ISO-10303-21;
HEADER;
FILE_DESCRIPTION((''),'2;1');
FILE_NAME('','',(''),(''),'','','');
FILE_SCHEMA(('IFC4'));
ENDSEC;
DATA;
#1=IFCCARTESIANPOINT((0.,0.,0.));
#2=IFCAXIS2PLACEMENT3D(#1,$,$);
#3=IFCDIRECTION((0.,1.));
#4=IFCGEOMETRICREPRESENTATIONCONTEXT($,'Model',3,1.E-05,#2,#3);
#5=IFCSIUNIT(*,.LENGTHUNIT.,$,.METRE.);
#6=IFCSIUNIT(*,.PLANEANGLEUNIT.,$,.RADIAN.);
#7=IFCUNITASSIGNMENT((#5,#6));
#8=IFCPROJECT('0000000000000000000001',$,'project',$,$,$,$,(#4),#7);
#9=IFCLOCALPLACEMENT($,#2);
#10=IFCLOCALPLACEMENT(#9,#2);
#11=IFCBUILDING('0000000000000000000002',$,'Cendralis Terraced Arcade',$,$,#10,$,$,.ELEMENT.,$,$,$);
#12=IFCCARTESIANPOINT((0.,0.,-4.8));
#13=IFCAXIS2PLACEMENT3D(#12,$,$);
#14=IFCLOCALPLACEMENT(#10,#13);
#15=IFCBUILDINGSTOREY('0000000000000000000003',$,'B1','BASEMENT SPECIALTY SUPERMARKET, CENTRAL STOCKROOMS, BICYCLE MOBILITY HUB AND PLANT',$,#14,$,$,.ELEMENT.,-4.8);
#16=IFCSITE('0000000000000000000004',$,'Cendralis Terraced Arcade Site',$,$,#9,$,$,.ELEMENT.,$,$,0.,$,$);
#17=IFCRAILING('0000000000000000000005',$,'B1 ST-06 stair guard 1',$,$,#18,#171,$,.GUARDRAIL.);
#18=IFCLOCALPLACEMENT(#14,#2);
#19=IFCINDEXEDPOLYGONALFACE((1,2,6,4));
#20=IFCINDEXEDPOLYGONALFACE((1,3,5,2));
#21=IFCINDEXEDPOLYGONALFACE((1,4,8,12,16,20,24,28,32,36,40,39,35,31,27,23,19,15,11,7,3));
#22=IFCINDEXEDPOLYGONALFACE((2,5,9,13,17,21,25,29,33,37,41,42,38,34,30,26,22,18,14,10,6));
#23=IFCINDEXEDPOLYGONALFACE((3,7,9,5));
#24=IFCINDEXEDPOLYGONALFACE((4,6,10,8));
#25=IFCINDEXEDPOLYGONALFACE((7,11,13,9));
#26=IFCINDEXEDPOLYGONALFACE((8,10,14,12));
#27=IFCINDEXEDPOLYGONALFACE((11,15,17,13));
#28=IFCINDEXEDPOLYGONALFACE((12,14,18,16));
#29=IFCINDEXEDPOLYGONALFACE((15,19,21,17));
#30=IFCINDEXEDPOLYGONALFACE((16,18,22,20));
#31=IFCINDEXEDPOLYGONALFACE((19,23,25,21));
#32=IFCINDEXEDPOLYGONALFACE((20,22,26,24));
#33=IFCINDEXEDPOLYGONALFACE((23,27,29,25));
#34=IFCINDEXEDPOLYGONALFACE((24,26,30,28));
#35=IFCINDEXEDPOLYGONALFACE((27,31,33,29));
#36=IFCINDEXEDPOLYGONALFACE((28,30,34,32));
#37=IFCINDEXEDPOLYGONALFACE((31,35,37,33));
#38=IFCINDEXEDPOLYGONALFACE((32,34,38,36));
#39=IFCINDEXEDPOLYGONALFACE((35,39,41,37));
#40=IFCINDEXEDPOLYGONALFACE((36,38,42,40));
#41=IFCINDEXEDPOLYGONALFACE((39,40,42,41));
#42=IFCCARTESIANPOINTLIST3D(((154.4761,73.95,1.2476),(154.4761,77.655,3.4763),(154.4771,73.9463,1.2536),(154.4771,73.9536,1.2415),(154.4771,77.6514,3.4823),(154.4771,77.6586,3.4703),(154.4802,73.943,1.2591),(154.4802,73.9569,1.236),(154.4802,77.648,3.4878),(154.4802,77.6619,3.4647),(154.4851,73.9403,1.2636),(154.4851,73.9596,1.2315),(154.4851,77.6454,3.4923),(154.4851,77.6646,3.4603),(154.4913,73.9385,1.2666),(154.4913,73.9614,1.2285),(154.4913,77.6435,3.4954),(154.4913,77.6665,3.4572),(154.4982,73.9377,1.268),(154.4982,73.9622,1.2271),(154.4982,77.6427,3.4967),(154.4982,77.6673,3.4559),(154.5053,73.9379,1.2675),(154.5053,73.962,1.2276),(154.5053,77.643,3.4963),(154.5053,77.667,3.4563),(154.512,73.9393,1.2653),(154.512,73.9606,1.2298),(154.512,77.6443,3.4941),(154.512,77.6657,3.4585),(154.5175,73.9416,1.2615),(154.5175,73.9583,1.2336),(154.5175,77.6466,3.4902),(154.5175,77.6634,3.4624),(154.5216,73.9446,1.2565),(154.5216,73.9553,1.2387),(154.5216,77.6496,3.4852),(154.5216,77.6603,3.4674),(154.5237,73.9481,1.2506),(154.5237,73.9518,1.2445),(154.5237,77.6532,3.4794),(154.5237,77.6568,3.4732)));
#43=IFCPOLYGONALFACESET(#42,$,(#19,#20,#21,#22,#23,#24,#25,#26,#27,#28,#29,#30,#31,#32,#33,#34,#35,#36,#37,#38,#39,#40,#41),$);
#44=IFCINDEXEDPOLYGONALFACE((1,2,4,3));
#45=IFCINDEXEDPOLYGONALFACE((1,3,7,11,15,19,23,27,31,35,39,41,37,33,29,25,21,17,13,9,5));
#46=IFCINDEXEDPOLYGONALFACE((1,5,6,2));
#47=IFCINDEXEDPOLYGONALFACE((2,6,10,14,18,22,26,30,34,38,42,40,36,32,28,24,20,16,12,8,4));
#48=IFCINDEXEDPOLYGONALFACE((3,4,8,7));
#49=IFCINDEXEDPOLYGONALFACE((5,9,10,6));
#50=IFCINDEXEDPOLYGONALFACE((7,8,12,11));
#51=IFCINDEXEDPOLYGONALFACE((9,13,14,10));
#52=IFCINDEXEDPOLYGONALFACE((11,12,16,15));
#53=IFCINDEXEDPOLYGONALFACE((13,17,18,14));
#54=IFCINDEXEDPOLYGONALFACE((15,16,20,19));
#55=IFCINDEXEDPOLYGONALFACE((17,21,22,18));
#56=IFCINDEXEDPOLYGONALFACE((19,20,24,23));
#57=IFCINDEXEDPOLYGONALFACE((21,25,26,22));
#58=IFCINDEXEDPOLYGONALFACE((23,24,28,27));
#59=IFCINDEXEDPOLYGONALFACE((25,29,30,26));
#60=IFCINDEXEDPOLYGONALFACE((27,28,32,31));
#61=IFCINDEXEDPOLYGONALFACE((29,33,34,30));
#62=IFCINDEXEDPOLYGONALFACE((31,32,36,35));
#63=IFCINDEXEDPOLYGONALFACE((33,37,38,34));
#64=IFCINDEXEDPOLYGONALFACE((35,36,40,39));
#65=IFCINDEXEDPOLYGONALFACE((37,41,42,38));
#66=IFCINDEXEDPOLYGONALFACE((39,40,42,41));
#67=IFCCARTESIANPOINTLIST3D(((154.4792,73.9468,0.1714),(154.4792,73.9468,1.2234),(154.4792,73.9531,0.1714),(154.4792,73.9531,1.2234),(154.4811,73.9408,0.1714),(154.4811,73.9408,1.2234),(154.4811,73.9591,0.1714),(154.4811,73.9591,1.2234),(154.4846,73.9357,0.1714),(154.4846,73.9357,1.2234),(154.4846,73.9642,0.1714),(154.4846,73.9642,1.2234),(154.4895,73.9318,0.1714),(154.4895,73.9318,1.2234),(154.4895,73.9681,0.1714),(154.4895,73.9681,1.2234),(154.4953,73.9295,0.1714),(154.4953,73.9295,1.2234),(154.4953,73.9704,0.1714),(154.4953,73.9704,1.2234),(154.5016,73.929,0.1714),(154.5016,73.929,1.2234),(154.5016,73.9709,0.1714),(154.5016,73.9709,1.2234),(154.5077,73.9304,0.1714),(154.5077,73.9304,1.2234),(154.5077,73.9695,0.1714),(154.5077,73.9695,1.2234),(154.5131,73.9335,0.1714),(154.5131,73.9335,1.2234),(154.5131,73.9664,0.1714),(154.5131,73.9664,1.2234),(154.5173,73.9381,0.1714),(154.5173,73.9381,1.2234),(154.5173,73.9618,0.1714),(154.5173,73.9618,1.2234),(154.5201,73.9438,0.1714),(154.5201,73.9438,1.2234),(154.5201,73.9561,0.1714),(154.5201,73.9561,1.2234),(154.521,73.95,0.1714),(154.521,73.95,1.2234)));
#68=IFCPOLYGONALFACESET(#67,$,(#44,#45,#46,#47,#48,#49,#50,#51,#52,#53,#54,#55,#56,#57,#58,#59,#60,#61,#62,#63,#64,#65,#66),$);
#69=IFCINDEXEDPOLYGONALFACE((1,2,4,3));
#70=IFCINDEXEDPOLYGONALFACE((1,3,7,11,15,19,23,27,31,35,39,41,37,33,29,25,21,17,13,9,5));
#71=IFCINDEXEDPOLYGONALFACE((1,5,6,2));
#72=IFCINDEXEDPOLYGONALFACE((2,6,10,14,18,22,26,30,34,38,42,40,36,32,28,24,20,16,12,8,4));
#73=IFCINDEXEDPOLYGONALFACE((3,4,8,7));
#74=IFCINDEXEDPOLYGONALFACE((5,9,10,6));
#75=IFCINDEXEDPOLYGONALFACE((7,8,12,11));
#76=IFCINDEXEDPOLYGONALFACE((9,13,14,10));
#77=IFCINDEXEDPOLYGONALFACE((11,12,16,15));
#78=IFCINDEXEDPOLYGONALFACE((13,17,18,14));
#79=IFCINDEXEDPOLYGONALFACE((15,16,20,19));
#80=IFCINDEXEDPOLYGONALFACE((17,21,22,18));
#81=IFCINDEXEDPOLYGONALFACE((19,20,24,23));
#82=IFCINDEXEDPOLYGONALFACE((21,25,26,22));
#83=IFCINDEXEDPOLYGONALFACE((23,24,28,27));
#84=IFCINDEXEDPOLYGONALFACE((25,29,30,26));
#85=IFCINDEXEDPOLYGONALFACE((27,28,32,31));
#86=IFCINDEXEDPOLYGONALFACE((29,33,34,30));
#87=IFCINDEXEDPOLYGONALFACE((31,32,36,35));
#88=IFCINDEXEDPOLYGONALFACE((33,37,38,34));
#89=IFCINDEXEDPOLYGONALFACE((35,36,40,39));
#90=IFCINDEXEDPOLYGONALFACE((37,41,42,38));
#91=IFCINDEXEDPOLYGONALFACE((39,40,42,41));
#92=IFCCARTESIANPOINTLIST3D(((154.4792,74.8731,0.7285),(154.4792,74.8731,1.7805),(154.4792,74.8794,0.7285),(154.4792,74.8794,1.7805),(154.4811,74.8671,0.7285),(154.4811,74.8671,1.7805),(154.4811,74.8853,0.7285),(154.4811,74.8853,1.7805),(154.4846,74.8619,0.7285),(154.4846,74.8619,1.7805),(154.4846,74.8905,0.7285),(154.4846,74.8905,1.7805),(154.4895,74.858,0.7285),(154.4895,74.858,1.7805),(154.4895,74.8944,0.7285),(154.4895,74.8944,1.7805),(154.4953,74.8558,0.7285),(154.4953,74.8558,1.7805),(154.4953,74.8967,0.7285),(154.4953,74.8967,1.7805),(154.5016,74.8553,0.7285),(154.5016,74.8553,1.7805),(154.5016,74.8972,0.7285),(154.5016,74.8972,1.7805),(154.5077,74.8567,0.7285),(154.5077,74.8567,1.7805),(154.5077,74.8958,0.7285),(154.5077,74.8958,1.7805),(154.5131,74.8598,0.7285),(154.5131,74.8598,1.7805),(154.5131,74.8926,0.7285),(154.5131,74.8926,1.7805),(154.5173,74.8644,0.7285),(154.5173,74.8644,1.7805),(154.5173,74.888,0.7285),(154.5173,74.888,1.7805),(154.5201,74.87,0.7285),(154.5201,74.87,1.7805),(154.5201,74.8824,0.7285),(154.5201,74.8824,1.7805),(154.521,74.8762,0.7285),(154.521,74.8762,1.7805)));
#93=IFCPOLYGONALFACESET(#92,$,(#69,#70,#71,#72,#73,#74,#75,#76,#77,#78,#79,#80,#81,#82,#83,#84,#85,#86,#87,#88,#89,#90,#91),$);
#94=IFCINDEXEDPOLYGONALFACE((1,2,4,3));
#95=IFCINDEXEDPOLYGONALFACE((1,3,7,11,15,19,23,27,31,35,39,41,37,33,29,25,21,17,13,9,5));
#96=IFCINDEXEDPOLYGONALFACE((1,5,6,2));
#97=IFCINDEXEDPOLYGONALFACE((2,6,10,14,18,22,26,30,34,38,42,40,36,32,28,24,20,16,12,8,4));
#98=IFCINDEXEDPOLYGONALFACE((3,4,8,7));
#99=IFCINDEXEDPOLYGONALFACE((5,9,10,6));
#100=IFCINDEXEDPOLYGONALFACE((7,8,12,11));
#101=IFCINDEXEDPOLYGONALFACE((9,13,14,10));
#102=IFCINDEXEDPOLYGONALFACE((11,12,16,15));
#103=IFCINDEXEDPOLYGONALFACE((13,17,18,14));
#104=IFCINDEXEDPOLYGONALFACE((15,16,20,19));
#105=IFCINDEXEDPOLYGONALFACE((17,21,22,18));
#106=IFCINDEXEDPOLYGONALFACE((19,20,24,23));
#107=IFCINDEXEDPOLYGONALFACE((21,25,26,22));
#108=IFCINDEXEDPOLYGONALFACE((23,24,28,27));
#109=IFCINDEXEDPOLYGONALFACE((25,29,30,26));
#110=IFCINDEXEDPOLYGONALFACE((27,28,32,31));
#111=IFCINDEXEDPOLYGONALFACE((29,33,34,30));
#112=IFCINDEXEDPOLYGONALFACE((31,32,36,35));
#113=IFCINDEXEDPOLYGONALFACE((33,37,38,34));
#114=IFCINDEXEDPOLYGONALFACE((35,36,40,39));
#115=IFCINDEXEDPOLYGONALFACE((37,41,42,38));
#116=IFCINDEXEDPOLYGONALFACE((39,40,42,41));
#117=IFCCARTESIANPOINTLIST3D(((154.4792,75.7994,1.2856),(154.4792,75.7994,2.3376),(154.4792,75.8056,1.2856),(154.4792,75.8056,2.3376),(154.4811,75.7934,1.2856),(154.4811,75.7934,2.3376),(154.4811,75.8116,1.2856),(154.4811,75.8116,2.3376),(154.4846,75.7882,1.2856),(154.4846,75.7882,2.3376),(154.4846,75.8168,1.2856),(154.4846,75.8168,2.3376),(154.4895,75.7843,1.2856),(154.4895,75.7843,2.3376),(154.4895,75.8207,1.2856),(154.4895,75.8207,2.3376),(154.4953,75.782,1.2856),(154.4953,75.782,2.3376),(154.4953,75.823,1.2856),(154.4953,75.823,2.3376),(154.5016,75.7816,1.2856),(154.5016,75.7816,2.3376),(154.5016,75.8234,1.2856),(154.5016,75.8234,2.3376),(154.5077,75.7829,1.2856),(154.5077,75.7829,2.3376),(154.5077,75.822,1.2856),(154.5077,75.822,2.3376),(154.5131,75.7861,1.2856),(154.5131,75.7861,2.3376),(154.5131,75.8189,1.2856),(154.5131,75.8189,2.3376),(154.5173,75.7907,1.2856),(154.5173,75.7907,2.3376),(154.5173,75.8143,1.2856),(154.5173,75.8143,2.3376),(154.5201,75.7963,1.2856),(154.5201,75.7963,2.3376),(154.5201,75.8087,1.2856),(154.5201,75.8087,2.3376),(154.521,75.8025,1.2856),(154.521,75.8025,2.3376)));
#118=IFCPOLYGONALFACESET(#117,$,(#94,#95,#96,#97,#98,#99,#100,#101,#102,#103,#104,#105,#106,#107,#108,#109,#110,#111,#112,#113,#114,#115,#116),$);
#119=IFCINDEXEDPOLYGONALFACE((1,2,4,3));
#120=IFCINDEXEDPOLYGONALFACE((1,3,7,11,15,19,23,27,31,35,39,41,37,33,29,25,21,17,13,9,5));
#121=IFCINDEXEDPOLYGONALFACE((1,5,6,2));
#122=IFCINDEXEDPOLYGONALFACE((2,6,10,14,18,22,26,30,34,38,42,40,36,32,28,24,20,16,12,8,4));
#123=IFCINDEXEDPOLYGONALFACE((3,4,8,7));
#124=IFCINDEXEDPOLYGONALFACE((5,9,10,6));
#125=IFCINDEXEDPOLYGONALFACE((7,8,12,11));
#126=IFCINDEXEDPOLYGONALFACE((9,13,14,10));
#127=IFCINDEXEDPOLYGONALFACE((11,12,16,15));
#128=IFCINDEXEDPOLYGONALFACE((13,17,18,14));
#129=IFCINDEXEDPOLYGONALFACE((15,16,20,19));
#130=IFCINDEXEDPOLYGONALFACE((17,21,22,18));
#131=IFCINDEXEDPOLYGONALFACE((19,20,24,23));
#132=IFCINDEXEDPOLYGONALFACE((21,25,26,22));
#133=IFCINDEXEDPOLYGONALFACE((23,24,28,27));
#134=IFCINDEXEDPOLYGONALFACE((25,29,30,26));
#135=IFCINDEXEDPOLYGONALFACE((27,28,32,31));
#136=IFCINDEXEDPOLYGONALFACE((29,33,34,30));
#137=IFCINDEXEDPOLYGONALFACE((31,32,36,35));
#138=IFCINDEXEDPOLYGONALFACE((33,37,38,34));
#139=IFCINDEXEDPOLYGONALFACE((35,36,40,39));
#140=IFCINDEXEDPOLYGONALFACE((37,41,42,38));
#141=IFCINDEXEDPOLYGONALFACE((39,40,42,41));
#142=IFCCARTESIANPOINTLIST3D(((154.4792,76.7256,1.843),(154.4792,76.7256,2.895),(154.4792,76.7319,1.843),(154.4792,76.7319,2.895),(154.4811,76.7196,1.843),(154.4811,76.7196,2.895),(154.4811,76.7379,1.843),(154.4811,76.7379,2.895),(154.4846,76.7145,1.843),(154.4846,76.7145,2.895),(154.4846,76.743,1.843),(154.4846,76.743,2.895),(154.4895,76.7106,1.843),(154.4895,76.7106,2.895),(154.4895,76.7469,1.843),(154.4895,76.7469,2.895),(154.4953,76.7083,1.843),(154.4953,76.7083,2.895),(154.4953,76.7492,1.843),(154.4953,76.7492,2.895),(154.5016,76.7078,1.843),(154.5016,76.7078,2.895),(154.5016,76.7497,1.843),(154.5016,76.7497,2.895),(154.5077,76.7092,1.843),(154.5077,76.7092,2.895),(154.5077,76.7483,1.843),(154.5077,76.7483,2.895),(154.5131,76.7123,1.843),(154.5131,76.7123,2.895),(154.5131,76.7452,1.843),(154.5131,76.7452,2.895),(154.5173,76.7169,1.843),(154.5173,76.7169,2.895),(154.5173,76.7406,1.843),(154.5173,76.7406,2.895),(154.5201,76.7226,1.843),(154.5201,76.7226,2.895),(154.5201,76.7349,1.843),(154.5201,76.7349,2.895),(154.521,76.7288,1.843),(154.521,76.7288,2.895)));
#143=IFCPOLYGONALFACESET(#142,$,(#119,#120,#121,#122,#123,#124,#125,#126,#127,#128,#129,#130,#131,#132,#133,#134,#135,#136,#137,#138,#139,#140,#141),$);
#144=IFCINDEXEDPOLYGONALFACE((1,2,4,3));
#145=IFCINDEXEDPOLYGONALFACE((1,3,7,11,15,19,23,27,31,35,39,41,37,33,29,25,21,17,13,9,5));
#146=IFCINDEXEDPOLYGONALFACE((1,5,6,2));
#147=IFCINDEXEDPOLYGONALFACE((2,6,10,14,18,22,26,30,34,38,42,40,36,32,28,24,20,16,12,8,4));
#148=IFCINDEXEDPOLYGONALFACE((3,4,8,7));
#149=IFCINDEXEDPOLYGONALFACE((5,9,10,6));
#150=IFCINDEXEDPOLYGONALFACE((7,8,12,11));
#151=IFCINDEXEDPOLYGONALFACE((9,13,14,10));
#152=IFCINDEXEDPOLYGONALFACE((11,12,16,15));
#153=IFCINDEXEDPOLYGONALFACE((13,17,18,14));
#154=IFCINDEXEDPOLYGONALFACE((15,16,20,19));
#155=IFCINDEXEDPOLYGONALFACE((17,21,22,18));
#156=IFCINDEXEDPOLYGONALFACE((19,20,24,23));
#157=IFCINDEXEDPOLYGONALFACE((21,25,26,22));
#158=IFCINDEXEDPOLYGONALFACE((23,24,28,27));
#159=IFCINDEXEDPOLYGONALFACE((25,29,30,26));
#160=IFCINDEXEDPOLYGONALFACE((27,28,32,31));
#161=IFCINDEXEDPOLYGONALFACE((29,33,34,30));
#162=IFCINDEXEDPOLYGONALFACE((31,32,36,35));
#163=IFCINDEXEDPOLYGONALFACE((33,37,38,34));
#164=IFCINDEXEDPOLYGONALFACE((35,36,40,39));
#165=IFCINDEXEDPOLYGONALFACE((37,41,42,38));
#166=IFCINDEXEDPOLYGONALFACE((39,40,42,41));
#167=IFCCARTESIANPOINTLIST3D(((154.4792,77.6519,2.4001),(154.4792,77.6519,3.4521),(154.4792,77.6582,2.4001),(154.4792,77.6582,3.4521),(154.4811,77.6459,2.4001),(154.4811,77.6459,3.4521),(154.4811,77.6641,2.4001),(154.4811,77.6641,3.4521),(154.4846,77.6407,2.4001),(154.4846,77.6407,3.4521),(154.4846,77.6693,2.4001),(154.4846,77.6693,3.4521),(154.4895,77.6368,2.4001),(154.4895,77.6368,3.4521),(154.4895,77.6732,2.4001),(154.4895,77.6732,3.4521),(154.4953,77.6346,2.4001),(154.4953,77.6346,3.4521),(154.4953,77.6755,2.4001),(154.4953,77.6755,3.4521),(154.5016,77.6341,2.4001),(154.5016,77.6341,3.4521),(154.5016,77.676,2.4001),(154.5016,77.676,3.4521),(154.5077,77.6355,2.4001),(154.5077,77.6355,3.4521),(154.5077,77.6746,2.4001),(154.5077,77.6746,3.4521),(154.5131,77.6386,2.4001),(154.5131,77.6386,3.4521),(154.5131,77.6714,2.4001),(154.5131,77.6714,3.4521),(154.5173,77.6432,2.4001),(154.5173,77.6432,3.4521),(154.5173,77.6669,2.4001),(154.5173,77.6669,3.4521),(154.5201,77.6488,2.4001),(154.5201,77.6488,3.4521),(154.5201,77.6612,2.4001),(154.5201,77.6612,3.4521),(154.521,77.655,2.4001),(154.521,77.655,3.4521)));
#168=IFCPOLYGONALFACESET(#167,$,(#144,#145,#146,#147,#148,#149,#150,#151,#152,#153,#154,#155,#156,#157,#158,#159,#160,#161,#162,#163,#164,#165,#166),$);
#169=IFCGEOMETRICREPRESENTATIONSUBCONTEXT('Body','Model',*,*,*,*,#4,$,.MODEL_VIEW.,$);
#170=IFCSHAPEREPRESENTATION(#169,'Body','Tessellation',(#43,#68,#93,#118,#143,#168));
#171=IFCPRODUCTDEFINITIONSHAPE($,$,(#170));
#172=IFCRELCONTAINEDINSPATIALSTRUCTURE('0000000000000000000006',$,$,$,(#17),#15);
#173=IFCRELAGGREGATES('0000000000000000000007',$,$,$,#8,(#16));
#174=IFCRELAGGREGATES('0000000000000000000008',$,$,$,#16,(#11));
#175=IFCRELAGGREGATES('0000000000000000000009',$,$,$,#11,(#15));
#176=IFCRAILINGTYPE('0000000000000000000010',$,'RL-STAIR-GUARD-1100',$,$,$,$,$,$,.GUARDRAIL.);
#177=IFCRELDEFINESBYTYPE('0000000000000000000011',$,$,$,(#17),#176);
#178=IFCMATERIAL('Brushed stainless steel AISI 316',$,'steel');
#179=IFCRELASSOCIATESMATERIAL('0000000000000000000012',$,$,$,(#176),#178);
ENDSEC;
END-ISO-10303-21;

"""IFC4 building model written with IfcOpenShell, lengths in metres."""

from ifc_helpers import new_model, si_unit, direction, frame, origin, origin_2d, place, context, subcontext, project, spatial, circle, extrude, material, type_object, element, save


model = new_model("IFC4")

# Units and contexts
model_context = context("Model", 3, precision=1e-05, world=origin(), true_north=direction((0.0, 1.0)))
body_context = subcontext(model_context, "Body", "Model", "MODEL_VIEW")
ifc_project = project(units=[si_unit("LENGTHUNIT", "METRE"), si_unit("PLANEANGLEUNIT", "RADIAN")], contexts=[model_context])

# Site, building, storey
site_placement = place(None, origin())
site = spatial("IfcSite", under=ifc_project, at=site_placement, Name="Cendralis Terraced Arcade Site", CompositionType="ELEMENT", RefElevation=0.0)
building_placement = place(site_placement, origin())
building = spatial("IfcBuilding", under=site, at=building_placement, Name="Cendralis Terraced Arcade", CompositionType="ELEMENT")
storey_placement = place(building_placement, frame((0.0, 0.0, -4.8)))
storey = spatial("IfcBuildingStorey", under=building, at=storey_placement, Name="B1", Description="BASEMENT SPECIALTY SUPERMARKET, CENTRAL STOCKROOMS, BICYCLE MOBILITY HUB AND PLANT", CompositionType="ELEMENT", Elevation=-4.8)

# Railing
ifc_material_1 = material(Name="Brushed stainless steel AISI 316", Category="steel")
railing_type_1 = type_object("IfcRailingType", Name="RL-STAIR-GUARD-1100", PredefinedType="GUARDRAIL", material=ifc_material_1)
railing_1_placement = place(storey_placement, frame((154.5, 73.95, 0.1714)))
element("IfcRailing", 1, at=railing_1_placement, inside=storey, type_object=railing_type_1, Name="B1 ST-06 stair guard 1", PredefinedType="GUARDRAIL", context=body_context, shape_type="SweptSolid", body=[
    extrude(circle(Radius=0.0239, at=origin_2d()), frame((0.0, 0.0, 1.0762), z_axis=(0.0, 0.856909, 0.515467), x_axis=(-1.0, 0.0, 0.0)), (0.0, 0.0, 1.0), 4.3237),
    extrude(circle(Radius=0.021, at=origin_2d()), origin(), (0.0, 0.0, 1.0), 1.052),
    extrude(circle(Radius=0.021, at=origin_2d()), frame((0.0, 0.9263, 0.5571)), (0.0, 0.0, 1.0), 1.052),
    extrude(circle(Radius=0.021, at=origin_2d()), frame((0.0, 1.8525, 1.1143)), (0.0, 0.0, 1.0), 1.052),
    extrude(circle(Radius=0.021, at=origin_2d()), frame((0.0, 2.7788, 1.6716)), (0.0, 0.0, 1.0), 1.052),
    extrude(circle(Radius=0.021, at=origin_2d()), frame((0.0, 3.7051, 2.2288)), (0.0, 0.0, 1.0), 1.052),
])

save(model, "model.ifc")
